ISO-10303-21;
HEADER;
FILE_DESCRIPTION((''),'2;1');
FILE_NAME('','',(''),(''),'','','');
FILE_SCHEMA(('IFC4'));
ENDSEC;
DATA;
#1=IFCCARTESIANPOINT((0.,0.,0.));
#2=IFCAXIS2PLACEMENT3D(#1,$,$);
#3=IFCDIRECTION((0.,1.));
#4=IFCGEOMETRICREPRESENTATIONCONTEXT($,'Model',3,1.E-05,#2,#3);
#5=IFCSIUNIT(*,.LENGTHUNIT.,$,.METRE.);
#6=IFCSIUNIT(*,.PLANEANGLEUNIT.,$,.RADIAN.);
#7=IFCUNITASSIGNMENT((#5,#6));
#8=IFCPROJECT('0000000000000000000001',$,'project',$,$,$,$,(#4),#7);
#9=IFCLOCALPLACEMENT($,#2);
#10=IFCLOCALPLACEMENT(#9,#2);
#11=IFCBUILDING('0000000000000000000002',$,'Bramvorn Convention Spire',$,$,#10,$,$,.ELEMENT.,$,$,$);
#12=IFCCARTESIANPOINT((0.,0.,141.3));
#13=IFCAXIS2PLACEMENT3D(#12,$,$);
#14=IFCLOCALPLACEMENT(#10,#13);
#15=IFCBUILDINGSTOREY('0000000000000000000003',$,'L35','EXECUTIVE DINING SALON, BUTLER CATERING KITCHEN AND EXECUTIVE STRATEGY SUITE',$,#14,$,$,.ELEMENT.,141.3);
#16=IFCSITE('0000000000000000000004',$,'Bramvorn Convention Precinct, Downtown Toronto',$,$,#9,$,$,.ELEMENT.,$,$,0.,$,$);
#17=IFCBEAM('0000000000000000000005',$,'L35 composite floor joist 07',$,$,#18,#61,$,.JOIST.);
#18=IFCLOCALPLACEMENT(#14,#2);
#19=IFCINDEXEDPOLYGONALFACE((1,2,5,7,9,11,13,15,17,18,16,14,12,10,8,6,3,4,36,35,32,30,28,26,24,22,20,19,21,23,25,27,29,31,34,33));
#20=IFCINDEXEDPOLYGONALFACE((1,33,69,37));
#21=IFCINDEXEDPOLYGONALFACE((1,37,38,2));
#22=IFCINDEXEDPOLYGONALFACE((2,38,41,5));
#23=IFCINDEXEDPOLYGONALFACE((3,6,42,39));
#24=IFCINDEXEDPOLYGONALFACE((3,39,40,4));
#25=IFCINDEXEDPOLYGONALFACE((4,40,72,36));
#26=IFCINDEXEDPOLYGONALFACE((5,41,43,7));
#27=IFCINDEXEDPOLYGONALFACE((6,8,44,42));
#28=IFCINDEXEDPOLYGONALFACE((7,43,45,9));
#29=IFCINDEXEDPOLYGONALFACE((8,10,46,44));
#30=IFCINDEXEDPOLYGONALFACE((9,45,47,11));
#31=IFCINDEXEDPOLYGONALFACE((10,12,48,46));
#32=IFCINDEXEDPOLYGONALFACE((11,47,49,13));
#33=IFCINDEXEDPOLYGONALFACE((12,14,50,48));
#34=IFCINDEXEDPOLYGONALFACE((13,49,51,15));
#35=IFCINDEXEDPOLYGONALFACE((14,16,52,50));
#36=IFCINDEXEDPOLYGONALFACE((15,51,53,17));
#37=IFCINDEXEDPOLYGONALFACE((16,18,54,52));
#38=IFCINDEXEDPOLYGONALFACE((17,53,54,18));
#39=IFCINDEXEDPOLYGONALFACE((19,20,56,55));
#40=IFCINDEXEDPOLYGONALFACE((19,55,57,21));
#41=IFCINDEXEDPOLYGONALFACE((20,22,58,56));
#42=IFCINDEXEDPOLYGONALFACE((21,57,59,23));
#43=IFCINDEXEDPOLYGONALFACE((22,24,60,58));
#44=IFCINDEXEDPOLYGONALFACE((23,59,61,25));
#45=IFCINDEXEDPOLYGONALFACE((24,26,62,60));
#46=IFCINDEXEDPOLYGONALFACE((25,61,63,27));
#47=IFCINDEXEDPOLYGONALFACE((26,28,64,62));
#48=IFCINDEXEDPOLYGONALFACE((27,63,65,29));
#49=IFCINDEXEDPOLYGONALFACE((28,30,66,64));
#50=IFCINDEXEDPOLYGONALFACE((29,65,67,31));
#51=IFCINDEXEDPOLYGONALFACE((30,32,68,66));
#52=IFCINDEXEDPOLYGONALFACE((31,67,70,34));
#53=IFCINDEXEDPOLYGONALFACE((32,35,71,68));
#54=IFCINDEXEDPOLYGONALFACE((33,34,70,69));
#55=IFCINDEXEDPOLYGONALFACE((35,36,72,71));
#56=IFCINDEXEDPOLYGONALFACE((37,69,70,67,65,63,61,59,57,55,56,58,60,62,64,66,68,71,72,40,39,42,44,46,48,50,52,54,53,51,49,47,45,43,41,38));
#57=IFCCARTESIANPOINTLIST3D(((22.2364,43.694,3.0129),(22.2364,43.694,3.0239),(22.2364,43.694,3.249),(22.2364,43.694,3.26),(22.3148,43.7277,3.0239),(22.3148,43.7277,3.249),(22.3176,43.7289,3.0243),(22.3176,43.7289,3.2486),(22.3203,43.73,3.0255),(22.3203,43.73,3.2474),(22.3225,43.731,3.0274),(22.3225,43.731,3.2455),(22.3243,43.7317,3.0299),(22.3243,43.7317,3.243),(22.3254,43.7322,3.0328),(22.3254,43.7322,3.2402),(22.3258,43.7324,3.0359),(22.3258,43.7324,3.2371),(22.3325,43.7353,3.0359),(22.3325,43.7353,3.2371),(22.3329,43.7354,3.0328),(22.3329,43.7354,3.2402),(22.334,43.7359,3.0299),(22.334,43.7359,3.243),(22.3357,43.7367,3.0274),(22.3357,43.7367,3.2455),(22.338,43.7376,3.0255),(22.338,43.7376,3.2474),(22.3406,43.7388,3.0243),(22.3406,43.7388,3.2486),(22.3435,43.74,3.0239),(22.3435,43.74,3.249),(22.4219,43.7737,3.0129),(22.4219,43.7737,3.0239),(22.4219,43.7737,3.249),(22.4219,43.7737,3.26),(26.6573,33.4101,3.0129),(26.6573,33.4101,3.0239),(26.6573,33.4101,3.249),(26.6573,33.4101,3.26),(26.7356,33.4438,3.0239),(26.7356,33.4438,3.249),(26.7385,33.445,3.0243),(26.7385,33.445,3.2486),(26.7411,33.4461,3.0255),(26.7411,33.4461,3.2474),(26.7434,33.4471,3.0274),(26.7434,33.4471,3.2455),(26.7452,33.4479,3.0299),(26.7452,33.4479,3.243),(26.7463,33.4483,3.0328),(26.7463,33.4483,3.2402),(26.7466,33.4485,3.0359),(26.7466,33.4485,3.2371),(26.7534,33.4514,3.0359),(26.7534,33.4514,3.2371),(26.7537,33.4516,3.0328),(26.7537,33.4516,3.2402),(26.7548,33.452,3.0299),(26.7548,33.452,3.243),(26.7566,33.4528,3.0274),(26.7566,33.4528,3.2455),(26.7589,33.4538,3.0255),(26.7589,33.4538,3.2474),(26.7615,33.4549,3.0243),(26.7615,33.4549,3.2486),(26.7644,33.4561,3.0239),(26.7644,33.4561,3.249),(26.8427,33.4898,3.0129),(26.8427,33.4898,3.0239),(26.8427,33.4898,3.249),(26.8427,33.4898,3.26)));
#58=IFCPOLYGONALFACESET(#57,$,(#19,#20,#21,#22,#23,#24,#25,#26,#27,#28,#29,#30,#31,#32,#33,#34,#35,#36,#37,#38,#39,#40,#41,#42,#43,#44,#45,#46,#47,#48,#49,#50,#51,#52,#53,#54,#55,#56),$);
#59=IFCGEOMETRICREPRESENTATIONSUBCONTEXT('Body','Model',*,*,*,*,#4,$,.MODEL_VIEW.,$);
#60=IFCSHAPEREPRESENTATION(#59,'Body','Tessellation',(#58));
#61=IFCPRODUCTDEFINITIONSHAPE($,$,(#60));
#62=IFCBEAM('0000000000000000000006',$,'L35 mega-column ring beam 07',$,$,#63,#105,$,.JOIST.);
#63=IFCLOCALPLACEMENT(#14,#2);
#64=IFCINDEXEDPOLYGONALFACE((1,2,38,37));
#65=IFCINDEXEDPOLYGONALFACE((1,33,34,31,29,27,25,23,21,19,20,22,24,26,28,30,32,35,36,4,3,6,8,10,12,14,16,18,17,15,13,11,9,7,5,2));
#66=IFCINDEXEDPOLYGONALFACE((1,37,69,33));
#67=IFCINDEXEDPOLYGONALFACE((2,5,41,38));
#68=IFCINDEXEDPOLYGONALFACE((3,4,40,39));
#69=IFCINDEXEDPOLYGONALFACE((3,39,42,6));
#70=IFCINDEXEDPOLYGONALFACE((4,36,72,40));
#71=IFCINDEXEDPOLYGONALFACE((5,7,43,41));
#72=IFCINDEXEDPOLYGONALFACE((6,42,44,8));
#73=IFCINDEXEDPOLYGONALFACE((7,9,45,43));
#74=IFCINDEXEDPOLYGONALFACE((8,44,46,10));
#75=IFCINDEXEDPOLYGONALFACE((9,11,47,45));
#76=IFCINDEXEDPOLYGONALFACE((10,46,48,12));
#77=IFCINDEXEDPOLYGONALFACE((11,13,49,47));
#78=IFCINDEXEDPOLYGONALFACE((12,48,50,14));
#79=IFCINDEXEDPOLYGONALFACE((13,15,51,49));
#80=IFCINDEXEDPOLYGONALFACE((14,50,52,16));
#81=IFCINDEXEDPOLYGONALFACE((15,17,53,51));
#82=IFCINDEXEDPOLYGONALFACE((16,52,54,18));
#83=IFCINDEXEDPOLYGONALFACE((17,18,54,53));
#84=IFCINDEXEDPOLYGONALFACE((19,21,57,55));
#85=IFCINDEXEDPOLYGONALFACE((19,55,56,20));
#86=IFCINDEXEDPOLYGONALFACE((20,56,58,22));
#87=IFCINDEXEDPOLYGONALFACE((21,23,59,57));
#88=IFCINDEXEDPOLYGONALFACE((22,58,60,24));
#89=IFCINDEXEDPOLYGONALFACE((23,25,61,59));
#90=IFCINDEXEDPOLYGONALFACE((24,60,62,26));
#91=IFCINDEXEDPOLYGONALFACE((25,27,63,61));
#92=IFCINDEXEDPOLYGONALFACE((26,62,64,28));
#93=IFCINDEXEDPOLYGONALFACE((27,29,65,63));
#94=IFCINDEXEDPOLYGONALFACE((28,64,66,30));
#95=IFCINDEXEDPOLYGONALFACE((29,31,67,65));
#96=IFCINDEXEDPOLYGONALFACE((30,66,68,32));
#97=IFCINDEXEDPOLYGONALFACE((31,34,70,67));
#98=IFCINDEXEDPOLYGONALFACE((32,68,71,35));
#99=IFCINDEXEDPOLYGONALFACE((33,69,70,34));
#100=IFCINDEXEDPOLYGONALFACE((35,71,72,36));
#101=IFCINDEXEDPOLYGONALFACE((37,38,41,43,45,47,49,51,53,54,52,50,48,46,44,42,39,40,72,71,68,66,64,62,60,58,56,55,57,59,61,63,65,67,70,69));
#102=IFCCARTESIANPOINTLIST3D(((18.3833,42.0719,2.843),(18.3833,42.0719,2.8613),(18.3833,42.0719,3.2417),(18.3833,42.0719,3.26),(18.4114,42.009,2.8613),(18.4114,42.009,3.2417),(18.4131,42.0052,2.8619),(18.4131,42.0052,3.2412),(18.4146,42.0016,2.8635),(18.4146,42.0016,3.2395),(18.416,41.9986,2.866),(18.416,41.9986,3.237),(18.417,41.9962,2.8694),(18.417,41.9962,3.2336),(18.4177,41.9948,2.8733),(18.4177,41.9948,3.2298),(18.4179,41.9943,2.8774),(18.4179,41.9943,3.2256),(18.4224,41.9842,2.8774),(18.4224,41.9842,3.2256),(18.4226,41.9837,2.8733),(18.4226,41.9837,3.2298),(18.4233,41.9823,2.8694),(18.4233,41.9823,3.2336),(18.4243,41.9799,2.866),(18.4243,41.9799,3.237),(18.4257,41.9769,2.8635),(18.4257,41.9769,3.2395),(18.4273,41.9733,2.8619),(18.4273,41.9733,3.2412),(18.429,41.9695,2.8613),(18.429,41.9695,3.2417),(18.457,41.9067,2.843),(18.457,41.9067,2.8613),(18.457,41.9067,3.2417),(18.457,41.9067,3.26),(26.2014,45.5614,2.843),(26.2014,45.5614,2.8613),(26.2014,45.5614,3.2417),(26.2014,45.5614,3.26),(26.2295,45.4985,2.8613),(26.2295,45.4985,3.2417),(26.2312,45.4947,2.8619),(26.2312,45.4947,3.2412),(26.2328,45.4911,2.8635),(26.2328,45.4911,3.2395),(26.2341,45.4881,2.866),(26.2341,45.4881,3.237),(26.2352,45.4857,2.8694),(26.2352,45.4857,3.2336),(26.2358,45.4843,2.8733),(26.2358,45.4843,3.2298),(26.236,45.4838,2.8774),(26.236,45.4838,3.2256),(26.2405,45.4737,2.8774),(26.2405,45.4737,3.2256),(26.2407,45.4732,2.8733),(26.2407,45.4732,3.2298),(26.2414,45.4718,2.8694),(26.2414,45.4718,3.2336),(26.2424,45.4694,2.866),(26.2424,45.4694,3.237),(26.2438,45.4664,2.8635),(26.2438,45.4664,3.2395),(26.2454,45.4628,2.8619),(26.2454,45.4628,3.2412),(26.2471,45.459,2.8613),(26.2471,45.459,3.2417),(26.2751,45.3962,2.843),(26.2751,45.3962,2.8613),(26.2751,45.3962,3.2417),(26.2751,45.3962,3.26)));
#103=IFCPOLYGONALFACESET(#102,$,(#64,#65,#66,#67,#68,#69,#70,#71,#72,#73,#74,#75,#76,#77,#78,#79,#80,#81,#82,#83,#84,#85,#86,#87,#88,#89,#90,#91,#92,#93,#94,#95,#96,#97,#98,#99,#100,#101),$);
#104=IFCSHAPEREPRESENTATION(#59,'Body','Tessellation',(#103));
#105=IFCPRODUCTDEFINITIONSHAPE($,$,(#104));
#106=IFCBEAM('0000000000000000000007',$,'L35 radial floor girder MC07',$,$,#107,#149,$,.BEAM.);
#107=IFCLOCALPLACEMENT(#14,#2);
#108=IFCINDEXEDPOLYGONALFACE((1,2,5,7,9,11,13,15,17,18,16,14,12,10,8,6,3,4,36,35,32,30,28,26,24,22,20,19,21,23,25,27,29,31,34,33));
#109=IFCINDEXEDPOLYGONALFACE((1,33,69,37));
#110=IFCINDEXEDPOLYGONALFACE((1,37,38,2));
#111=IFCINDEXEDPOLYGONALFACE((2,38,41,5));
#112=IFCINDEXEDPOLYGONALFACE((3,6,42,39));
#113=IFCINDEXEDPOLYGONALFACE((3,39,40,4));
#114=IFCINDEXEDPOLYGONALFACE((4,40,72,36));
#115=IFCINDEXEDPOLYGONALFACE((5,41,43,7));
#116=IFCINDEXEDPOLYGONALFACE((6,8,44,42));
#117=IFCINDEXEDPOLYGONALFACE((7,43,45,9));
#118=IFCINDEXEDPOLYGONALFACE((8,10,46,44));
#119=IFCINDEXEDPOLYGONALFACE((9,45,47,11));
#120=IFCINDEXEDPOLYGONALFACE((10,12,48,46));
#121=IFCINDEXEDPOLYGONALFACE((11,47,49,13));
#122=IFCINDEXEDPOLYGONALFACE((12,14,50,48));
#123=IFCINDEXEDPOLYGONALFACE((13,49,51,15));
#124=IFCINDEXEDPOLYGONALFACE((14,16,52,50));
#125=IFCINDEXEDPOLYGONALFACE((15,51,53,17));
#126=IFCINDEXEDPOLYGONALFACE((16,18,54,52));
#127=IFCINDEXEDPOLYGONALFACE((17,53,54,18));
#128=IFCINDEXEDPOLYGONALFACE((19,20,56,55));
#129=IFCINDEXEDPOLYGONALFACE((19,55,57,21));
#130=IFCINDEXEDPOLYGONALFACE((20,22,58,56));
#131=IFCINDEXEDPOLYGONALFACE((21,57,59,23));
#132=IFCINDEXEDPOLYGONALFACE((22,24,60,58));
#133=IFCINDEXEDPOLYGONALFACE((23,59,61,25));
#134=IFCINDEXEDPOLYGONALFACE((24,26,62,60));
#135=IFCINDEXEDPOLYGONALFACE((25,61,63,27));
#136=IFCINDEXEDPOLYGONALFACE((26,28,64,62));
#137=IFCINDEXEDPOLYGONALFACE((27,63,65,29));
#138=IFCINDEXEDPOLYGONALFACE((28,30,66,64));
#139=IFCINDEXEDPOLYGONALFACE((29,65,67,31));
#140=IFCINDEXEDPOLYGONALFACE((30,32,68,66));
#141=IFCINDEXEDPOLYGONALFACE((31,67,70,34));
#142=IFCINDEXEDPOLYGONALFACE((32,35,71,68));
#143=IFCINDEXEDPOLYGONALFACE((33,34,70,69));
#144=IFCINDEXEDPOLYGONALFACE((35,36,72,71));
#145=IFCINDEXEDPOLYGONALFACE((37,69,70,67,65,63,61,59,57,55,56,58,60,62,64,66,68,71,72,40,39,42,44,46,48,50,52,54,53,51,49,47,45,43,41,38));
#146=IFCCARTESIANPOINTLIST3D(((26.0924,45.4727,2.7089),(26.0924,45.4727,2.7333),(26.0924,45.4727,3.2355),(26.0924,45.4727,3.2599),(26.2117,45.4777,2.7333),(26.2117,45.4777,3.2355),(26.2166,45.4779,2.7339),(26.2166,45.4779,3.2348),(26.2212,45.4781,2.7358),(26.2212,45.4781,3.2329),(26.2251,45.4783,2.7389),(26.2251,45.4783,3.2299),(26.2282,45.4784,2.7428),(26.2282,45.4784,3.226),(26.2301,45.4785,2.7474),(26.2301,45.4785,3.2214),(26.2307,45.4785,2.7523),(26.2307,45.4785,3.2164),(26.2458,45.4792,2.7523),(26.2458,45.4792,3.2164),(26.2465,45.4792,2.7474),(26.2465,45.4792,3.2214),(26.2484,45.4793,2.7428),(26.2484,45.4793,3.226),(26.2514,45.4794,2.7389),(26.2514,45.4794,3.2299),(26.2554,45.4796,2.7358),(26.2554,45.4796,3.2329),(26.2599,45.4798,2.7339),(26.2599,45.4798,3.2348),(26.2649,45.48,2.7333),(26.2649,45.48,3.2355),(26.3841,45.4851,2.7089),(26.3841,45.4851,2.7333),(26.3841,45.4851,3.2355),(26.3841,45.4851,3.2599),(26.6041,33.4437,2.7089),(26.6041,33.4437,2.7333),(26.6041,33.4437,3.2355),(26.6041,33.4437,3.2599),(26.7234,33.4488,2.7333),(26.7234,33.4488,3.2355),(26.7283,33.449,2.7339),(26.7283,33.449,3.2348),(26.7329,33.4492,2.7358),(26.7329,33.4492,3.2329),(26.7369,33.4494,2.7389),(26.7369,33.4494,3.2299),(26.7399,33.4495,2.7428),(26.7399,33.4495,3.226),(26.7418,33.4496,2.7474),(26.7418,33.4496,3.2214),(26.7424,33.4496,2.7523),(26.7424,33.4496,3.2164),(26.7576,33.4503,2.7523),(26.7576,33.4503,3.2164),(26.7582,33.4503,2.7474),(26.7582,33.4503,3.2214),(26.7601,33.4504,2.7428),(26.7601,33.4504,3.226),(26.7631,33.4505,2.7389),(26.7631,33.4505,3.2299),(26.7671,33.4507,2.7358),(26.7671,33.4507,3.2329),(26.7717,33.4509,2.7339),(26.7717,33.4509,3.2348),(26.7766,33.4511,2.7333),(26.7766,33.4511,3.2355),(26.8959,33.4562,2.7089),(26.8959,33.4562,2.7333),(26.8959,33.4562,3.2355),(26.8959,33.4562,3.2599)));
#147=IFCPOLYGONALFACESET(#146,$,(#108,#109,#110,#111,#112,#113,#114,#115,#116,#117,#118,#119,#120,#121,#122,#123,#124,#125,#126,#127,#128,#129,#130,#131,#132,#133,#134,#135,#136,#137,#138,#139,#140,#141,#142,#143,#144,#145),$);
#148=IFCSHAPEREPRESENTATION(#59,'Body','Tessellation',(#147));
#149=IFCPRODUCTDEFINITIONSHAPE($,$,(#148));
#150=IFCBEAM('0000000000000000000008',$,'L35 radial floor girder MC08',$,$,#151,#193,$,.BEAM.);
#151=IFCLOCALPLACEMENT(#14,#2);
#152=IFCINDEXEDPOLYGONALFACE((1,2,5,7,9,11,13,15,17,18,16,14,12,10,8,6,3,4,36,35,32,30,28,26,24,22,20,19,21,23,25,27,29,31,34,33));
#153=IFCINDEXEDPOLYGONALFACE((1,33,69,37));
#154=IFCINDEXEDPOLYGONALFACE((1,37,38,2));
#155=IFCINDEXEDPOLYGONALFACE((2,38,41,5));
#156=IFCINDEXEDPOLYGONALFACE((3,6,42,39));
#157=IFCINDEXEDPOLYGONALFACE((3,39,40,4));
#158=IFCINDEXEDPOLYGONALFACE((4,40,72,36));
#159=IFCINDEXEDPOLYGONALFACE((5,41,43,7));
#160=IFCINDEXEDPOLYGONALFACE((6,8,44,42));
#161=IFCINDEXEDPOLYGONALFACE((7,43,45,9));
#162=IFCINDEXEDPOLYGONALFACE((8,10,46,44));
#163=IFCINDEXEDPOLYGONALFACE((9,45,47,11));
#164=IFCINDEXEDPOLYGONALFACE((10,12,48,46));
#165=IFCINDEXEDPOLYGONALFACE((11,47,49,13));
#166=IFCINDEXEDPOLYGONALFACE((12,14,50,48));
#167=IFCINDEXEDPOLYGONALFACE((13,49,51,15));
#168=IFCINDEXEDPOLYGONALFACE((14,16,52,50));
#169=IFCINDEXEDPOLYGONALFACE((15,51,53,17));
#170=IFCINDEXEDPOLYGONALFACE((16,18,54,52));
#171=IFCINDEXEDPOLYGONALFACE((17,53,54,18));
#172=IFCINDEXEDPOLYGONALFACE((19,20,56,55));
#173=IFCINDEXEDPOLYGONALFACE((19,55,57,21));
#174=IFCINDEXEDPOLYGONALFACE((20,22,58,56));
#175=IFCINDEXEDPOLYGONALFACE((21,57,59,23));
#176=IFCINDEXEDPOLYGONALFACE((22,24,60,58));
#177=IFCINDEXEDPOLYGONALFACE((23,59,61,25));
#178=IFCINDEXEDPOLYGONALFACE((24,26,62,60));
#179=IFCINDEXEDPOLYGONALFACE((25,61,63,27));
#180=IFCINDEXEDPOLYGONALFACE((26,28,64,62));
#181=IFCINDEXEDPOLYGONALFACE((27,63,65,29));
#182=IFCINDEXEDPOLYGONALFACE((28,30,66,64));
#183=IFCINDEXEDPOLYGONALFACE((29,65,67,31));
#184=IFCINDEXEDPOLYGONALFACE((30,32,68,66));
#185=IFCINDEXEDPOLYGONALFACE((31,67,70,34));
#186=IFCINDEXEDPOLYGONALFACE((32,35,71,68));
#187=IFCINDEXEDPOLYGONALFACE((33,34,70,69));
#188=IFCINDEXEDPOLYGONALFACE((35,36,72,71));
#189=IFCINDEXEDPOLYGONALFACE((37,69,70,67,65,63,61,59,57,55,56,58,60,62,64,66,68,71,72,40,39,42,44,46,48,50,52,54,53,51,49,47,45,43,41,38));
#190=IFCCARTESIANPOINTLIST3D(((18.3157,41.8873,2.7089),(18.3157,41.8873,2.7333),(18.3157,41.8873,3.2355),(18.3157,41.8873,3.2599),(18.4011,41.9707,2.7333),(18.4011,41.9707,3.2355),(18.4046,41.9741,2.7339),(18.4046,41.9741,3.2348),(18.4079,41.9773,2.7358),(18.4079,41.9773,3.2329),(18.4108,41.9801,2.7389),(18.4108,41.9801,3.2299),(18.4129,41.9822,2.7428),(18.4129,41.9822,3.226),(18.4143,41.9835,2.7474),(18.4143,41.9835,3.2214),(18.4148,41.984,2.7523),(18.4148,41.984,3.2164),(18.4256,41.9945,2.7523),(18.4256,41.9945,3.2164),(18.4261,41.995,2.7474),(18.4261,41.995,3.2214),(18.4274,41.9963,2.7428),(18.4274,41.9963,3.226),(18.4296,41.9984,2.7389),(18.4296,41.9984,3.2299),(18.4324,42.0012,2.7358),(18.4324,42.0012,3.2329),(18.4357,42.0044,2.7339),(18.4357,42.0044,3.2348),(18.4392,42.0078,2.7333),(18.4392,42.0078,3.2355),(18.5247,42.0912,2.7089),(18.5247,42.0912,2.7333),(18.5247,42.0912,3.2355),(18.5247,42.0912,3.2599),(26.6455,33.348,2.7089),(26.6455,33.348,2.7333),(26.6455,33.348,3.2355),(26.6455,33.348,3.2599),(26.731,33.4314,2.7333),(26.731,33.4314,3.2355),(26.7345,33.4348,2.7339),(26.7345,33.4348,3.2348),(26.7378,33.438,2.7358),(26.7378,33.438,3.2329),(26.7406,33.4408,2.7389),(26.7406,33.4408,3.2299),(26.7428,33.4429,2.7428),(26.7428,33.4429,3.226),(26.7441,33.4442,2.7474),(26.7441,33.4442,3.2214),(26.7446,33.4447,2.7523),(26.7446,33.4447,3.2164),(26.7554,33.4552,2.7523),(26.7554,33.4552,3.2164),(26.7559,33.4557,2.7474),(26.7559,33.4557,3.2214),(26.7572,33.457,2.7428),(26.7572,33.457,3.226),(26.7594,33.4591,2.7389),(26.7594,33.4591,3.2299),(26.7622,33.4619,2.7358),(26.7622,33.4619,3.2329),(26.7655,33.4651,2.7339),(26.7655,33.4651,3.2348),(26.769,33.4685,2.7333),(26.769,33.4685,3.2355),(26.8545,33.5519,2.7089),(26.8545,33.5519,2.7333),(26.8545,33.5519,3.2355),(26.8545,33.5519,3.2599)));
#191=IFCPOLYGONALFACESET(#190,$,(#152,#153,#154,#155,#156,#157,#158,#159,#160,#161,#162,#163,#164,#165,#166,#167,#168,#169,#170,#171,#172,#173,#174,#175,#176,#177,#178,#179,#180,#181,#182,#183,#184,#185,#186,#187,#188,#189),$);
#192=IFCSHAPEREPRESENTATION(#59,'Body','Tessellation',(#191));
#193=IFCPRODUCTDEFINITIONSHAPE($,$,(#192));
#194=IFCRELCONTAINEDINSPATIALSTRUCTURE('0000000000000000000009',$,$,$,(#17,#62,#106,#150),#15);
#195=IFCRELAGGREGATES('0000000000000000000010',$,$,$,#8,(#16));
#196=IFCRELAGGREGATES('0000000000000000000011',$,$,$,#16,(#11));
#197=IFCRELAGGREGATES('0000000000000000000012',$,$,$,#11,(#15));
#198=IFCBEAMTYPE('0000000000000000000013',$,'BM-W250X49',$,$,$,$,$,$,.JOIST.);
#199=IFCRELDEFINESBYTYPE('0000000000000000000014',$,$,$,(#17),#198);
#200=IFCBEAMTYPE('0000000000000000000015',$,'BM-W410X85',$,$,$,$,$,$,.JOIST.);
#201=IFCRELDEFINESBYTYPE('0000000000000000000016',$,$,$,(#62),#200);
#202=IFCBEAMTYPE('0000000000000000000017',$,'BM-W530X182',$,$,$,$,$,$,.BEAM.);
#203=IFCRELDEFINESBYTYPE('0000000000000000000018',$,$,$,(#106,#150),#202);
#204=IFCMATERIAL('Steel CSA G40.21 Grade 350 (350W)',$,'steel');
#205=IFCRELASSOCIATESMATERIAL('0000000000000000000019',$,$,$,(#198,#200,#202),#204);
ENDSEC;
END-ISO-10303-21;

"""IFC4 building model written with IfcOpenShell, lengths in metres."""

from ifc_helpers import new_model, si_unit, direction, frame, origin, origin_2d, place, context, subcontext, project, spatial, i_section, extrude, material, material_profile, profile_set, type_object, element, save


model = new_model("IFC4")

# Units and contexts
model_context = context("Model", 3, precision=1e-05, world=origin(), true_north=direction((0.0, 1.0)))
body_context = subcontext(model_context, "Body", "Model", "MODEL_VIEW")
ifc_project = project(units=[si_unit("LENGTHUNIT", "METRE"), si_unit("PLANEANGLEUNIT", "RADIAN")], contexts=[model_context])

# Site, building, storey
site_placement = place(None, origin())
site = spatial("IfcSite", under=ifc_project, at=site_placement, Name="Bramvorn Convention Precinct, Downtown Toronto", CompositionType="ELEMENT", RefElevation=0.0)
building_placement = place(site_placement, origin())
building = spatial("IfcBuilding", under=site, at=building_placement, Name="Bramvorn Convention Spire", CompositionType="ELEMENT")
storey_placement = place(building_placement, frame((0.0, 0.0, 141.3)))
storey = spatial("IfcBuildingStorey", under=building, at=storey_placement, Name="L35", Description="EXECUTIVE DINING SALON, BUTLER CATERING KITCHEN AND EXECUTIVE STRATEGY SUITE", CompositionType="ELEMENT", Elevation=141.3)

# Beams
ifc_material_1 = material(Name="Steel CSA G40.21 Grade 350 (350W)", Category="steel")
ifc_material_profile_1 = material_profile(ifc_material_1, i_section(OverallWidth=0.2019, OverallDepth=0.2471, WebThickness=0.0073, FlangeThickness=0.011, FilletRadius=0.012, at=origin_2d()))
ifc_profile_set_1 = profile_set([ifc_material_profile_1], Name="Steel CSA G40.21 Grade 350 (350W) - W250X49")
beam_type_1 = type_object("IfcBeamType", Name="BM-W250X49", PredefinedType="JOIST", material=ifc_profile_set_1)
beam_1_placement = place(storey_placement, frame((26.75, 33.45, 3.1365), z_axis=(-0.394938, 0.918708, 0.0), x_axis=(-0.918708, -0.394938, 0.0)))
element("IfcBeam", 1, at=beam_1_placement, inside=storey, type_object=beam_type_1, Name="L35 composite floor joist 07", PredefinedType="JOIST", context=body_context, shape_type="SweptSolid", body=[
    extrude(i_section(OverallWidth=0.2019, OverallDepth=0.2471, WebThickness=0.0073, FlangeThickness=0.011, FilletRadius=0.012, at=origin_2d()), origin(), (0.0, 0.0, 1.0), 11.1938),
])
ifc_material_profile_2 = material_profile(ifc_material_1, i_section(OverallWidth=0.1809, OverallDepth=0.417, WebThickness=0.011, FlangeThickness=0.0183, FilletRadius=0.0161, at=origin_2d()))
ifc_profile_set_2 = profile_set([ifc_material_profile_2], Name="Steel CSA G40.21 Grade 350 (350W) - W410X85")
beam_type_2 = type_object("IfcBeamType", Name="BM-W410X85", PredefinedType="JOIST", material=ifc_profile_set_2)
beam_2_placement = place(storey_placement, frame((26.2383, 45.4788, 3.0515), z_axis=(-0.91317, -0.40758, 0.0), x_axis=(0.40758, -0.91317, 0.0)))
element("IfcBeam", 2, at=beam_2_placement, inside=storey, type_object=beam_type_2, Name="L35 mega-column ring beam 07", PredefinedType="JOIST", context=body_context, shape_type="SweptSolid", body=[
    extrude(i_section(OverallWidth=0.1809, OverallDepth=0.417, WebThickness=0.011, FlangeThickness=0.0183, FilletRadius=0.0161, at=origin_2d()), origin(), (0.0, 0.0, 1.0), 8.5615),
])
ifc_material_profile_3 = material_profile(ifc_material_1, i_section(OverallWidth=0.292, OverallDepth=0.551, WebThickness=0.0151, FlangeThickness=0.0244, FilletRadius=0.019, at=origin_2d()))
ifc_profile_set_3 = profile_set([ifc_material_profile_3], Name="Steel CSA G40.21 Grade 350 (350W) - W530X182")
beam_type_3 = type_object("IfcBeamType", Name="BM-W530X182", PredefinedType="BEAM", material=ifc_profile_set_3)
beam_3_placement = place(storey_placement, frame((26.75, 33.45, 2.9844), z_axis=(-0.042503, 0.999096, 0.0), x_axis=(-0.999096, -0.042503, 0.0)))
element("IfcBeam", 3, at=beam_3_placement, inside=storey, type_object=beam_type_3, Name="L35 radial floor girder MC07", PredefinedType="BEAM", context=body_context, shape_type="SweptSolid", body=[
    extrude(i_section(OverallWidth=0.292, OverallDepth=0.551, WebThickness=0.0151, FlangeThickness=0.0244, FilletRadius=0.019, at=origin_2d()), origin(), (0.0, 0.0, 1.0), 12.0398),
])
beam_4_placement = place(storey_placement, frame((26.75, 33.45, 2.9844), z_axis=(-0.698272, 0.715832, 0.0), x_axis=(-0.715832, -0.698272, 0.0)))
element("IfcBeam", 4, at=beam_4_placement, inside=storey, type_object=beam_type_3, Name="L35 radial floor girder MC08", PredefinedType="BEAM", context=body_context, shape_type="SweptSolid", body=[
    extrude(i_section(OverallWidth=0.292, OverallDepth=0.551, WebThickness=0.0151, FlangeThickness=0.0244, FilletRadius=0.019, at=origin_2d()), origin(), (0.0, 0.0, 1.0), 11.9292),
])

save(model, "model.ifc")
